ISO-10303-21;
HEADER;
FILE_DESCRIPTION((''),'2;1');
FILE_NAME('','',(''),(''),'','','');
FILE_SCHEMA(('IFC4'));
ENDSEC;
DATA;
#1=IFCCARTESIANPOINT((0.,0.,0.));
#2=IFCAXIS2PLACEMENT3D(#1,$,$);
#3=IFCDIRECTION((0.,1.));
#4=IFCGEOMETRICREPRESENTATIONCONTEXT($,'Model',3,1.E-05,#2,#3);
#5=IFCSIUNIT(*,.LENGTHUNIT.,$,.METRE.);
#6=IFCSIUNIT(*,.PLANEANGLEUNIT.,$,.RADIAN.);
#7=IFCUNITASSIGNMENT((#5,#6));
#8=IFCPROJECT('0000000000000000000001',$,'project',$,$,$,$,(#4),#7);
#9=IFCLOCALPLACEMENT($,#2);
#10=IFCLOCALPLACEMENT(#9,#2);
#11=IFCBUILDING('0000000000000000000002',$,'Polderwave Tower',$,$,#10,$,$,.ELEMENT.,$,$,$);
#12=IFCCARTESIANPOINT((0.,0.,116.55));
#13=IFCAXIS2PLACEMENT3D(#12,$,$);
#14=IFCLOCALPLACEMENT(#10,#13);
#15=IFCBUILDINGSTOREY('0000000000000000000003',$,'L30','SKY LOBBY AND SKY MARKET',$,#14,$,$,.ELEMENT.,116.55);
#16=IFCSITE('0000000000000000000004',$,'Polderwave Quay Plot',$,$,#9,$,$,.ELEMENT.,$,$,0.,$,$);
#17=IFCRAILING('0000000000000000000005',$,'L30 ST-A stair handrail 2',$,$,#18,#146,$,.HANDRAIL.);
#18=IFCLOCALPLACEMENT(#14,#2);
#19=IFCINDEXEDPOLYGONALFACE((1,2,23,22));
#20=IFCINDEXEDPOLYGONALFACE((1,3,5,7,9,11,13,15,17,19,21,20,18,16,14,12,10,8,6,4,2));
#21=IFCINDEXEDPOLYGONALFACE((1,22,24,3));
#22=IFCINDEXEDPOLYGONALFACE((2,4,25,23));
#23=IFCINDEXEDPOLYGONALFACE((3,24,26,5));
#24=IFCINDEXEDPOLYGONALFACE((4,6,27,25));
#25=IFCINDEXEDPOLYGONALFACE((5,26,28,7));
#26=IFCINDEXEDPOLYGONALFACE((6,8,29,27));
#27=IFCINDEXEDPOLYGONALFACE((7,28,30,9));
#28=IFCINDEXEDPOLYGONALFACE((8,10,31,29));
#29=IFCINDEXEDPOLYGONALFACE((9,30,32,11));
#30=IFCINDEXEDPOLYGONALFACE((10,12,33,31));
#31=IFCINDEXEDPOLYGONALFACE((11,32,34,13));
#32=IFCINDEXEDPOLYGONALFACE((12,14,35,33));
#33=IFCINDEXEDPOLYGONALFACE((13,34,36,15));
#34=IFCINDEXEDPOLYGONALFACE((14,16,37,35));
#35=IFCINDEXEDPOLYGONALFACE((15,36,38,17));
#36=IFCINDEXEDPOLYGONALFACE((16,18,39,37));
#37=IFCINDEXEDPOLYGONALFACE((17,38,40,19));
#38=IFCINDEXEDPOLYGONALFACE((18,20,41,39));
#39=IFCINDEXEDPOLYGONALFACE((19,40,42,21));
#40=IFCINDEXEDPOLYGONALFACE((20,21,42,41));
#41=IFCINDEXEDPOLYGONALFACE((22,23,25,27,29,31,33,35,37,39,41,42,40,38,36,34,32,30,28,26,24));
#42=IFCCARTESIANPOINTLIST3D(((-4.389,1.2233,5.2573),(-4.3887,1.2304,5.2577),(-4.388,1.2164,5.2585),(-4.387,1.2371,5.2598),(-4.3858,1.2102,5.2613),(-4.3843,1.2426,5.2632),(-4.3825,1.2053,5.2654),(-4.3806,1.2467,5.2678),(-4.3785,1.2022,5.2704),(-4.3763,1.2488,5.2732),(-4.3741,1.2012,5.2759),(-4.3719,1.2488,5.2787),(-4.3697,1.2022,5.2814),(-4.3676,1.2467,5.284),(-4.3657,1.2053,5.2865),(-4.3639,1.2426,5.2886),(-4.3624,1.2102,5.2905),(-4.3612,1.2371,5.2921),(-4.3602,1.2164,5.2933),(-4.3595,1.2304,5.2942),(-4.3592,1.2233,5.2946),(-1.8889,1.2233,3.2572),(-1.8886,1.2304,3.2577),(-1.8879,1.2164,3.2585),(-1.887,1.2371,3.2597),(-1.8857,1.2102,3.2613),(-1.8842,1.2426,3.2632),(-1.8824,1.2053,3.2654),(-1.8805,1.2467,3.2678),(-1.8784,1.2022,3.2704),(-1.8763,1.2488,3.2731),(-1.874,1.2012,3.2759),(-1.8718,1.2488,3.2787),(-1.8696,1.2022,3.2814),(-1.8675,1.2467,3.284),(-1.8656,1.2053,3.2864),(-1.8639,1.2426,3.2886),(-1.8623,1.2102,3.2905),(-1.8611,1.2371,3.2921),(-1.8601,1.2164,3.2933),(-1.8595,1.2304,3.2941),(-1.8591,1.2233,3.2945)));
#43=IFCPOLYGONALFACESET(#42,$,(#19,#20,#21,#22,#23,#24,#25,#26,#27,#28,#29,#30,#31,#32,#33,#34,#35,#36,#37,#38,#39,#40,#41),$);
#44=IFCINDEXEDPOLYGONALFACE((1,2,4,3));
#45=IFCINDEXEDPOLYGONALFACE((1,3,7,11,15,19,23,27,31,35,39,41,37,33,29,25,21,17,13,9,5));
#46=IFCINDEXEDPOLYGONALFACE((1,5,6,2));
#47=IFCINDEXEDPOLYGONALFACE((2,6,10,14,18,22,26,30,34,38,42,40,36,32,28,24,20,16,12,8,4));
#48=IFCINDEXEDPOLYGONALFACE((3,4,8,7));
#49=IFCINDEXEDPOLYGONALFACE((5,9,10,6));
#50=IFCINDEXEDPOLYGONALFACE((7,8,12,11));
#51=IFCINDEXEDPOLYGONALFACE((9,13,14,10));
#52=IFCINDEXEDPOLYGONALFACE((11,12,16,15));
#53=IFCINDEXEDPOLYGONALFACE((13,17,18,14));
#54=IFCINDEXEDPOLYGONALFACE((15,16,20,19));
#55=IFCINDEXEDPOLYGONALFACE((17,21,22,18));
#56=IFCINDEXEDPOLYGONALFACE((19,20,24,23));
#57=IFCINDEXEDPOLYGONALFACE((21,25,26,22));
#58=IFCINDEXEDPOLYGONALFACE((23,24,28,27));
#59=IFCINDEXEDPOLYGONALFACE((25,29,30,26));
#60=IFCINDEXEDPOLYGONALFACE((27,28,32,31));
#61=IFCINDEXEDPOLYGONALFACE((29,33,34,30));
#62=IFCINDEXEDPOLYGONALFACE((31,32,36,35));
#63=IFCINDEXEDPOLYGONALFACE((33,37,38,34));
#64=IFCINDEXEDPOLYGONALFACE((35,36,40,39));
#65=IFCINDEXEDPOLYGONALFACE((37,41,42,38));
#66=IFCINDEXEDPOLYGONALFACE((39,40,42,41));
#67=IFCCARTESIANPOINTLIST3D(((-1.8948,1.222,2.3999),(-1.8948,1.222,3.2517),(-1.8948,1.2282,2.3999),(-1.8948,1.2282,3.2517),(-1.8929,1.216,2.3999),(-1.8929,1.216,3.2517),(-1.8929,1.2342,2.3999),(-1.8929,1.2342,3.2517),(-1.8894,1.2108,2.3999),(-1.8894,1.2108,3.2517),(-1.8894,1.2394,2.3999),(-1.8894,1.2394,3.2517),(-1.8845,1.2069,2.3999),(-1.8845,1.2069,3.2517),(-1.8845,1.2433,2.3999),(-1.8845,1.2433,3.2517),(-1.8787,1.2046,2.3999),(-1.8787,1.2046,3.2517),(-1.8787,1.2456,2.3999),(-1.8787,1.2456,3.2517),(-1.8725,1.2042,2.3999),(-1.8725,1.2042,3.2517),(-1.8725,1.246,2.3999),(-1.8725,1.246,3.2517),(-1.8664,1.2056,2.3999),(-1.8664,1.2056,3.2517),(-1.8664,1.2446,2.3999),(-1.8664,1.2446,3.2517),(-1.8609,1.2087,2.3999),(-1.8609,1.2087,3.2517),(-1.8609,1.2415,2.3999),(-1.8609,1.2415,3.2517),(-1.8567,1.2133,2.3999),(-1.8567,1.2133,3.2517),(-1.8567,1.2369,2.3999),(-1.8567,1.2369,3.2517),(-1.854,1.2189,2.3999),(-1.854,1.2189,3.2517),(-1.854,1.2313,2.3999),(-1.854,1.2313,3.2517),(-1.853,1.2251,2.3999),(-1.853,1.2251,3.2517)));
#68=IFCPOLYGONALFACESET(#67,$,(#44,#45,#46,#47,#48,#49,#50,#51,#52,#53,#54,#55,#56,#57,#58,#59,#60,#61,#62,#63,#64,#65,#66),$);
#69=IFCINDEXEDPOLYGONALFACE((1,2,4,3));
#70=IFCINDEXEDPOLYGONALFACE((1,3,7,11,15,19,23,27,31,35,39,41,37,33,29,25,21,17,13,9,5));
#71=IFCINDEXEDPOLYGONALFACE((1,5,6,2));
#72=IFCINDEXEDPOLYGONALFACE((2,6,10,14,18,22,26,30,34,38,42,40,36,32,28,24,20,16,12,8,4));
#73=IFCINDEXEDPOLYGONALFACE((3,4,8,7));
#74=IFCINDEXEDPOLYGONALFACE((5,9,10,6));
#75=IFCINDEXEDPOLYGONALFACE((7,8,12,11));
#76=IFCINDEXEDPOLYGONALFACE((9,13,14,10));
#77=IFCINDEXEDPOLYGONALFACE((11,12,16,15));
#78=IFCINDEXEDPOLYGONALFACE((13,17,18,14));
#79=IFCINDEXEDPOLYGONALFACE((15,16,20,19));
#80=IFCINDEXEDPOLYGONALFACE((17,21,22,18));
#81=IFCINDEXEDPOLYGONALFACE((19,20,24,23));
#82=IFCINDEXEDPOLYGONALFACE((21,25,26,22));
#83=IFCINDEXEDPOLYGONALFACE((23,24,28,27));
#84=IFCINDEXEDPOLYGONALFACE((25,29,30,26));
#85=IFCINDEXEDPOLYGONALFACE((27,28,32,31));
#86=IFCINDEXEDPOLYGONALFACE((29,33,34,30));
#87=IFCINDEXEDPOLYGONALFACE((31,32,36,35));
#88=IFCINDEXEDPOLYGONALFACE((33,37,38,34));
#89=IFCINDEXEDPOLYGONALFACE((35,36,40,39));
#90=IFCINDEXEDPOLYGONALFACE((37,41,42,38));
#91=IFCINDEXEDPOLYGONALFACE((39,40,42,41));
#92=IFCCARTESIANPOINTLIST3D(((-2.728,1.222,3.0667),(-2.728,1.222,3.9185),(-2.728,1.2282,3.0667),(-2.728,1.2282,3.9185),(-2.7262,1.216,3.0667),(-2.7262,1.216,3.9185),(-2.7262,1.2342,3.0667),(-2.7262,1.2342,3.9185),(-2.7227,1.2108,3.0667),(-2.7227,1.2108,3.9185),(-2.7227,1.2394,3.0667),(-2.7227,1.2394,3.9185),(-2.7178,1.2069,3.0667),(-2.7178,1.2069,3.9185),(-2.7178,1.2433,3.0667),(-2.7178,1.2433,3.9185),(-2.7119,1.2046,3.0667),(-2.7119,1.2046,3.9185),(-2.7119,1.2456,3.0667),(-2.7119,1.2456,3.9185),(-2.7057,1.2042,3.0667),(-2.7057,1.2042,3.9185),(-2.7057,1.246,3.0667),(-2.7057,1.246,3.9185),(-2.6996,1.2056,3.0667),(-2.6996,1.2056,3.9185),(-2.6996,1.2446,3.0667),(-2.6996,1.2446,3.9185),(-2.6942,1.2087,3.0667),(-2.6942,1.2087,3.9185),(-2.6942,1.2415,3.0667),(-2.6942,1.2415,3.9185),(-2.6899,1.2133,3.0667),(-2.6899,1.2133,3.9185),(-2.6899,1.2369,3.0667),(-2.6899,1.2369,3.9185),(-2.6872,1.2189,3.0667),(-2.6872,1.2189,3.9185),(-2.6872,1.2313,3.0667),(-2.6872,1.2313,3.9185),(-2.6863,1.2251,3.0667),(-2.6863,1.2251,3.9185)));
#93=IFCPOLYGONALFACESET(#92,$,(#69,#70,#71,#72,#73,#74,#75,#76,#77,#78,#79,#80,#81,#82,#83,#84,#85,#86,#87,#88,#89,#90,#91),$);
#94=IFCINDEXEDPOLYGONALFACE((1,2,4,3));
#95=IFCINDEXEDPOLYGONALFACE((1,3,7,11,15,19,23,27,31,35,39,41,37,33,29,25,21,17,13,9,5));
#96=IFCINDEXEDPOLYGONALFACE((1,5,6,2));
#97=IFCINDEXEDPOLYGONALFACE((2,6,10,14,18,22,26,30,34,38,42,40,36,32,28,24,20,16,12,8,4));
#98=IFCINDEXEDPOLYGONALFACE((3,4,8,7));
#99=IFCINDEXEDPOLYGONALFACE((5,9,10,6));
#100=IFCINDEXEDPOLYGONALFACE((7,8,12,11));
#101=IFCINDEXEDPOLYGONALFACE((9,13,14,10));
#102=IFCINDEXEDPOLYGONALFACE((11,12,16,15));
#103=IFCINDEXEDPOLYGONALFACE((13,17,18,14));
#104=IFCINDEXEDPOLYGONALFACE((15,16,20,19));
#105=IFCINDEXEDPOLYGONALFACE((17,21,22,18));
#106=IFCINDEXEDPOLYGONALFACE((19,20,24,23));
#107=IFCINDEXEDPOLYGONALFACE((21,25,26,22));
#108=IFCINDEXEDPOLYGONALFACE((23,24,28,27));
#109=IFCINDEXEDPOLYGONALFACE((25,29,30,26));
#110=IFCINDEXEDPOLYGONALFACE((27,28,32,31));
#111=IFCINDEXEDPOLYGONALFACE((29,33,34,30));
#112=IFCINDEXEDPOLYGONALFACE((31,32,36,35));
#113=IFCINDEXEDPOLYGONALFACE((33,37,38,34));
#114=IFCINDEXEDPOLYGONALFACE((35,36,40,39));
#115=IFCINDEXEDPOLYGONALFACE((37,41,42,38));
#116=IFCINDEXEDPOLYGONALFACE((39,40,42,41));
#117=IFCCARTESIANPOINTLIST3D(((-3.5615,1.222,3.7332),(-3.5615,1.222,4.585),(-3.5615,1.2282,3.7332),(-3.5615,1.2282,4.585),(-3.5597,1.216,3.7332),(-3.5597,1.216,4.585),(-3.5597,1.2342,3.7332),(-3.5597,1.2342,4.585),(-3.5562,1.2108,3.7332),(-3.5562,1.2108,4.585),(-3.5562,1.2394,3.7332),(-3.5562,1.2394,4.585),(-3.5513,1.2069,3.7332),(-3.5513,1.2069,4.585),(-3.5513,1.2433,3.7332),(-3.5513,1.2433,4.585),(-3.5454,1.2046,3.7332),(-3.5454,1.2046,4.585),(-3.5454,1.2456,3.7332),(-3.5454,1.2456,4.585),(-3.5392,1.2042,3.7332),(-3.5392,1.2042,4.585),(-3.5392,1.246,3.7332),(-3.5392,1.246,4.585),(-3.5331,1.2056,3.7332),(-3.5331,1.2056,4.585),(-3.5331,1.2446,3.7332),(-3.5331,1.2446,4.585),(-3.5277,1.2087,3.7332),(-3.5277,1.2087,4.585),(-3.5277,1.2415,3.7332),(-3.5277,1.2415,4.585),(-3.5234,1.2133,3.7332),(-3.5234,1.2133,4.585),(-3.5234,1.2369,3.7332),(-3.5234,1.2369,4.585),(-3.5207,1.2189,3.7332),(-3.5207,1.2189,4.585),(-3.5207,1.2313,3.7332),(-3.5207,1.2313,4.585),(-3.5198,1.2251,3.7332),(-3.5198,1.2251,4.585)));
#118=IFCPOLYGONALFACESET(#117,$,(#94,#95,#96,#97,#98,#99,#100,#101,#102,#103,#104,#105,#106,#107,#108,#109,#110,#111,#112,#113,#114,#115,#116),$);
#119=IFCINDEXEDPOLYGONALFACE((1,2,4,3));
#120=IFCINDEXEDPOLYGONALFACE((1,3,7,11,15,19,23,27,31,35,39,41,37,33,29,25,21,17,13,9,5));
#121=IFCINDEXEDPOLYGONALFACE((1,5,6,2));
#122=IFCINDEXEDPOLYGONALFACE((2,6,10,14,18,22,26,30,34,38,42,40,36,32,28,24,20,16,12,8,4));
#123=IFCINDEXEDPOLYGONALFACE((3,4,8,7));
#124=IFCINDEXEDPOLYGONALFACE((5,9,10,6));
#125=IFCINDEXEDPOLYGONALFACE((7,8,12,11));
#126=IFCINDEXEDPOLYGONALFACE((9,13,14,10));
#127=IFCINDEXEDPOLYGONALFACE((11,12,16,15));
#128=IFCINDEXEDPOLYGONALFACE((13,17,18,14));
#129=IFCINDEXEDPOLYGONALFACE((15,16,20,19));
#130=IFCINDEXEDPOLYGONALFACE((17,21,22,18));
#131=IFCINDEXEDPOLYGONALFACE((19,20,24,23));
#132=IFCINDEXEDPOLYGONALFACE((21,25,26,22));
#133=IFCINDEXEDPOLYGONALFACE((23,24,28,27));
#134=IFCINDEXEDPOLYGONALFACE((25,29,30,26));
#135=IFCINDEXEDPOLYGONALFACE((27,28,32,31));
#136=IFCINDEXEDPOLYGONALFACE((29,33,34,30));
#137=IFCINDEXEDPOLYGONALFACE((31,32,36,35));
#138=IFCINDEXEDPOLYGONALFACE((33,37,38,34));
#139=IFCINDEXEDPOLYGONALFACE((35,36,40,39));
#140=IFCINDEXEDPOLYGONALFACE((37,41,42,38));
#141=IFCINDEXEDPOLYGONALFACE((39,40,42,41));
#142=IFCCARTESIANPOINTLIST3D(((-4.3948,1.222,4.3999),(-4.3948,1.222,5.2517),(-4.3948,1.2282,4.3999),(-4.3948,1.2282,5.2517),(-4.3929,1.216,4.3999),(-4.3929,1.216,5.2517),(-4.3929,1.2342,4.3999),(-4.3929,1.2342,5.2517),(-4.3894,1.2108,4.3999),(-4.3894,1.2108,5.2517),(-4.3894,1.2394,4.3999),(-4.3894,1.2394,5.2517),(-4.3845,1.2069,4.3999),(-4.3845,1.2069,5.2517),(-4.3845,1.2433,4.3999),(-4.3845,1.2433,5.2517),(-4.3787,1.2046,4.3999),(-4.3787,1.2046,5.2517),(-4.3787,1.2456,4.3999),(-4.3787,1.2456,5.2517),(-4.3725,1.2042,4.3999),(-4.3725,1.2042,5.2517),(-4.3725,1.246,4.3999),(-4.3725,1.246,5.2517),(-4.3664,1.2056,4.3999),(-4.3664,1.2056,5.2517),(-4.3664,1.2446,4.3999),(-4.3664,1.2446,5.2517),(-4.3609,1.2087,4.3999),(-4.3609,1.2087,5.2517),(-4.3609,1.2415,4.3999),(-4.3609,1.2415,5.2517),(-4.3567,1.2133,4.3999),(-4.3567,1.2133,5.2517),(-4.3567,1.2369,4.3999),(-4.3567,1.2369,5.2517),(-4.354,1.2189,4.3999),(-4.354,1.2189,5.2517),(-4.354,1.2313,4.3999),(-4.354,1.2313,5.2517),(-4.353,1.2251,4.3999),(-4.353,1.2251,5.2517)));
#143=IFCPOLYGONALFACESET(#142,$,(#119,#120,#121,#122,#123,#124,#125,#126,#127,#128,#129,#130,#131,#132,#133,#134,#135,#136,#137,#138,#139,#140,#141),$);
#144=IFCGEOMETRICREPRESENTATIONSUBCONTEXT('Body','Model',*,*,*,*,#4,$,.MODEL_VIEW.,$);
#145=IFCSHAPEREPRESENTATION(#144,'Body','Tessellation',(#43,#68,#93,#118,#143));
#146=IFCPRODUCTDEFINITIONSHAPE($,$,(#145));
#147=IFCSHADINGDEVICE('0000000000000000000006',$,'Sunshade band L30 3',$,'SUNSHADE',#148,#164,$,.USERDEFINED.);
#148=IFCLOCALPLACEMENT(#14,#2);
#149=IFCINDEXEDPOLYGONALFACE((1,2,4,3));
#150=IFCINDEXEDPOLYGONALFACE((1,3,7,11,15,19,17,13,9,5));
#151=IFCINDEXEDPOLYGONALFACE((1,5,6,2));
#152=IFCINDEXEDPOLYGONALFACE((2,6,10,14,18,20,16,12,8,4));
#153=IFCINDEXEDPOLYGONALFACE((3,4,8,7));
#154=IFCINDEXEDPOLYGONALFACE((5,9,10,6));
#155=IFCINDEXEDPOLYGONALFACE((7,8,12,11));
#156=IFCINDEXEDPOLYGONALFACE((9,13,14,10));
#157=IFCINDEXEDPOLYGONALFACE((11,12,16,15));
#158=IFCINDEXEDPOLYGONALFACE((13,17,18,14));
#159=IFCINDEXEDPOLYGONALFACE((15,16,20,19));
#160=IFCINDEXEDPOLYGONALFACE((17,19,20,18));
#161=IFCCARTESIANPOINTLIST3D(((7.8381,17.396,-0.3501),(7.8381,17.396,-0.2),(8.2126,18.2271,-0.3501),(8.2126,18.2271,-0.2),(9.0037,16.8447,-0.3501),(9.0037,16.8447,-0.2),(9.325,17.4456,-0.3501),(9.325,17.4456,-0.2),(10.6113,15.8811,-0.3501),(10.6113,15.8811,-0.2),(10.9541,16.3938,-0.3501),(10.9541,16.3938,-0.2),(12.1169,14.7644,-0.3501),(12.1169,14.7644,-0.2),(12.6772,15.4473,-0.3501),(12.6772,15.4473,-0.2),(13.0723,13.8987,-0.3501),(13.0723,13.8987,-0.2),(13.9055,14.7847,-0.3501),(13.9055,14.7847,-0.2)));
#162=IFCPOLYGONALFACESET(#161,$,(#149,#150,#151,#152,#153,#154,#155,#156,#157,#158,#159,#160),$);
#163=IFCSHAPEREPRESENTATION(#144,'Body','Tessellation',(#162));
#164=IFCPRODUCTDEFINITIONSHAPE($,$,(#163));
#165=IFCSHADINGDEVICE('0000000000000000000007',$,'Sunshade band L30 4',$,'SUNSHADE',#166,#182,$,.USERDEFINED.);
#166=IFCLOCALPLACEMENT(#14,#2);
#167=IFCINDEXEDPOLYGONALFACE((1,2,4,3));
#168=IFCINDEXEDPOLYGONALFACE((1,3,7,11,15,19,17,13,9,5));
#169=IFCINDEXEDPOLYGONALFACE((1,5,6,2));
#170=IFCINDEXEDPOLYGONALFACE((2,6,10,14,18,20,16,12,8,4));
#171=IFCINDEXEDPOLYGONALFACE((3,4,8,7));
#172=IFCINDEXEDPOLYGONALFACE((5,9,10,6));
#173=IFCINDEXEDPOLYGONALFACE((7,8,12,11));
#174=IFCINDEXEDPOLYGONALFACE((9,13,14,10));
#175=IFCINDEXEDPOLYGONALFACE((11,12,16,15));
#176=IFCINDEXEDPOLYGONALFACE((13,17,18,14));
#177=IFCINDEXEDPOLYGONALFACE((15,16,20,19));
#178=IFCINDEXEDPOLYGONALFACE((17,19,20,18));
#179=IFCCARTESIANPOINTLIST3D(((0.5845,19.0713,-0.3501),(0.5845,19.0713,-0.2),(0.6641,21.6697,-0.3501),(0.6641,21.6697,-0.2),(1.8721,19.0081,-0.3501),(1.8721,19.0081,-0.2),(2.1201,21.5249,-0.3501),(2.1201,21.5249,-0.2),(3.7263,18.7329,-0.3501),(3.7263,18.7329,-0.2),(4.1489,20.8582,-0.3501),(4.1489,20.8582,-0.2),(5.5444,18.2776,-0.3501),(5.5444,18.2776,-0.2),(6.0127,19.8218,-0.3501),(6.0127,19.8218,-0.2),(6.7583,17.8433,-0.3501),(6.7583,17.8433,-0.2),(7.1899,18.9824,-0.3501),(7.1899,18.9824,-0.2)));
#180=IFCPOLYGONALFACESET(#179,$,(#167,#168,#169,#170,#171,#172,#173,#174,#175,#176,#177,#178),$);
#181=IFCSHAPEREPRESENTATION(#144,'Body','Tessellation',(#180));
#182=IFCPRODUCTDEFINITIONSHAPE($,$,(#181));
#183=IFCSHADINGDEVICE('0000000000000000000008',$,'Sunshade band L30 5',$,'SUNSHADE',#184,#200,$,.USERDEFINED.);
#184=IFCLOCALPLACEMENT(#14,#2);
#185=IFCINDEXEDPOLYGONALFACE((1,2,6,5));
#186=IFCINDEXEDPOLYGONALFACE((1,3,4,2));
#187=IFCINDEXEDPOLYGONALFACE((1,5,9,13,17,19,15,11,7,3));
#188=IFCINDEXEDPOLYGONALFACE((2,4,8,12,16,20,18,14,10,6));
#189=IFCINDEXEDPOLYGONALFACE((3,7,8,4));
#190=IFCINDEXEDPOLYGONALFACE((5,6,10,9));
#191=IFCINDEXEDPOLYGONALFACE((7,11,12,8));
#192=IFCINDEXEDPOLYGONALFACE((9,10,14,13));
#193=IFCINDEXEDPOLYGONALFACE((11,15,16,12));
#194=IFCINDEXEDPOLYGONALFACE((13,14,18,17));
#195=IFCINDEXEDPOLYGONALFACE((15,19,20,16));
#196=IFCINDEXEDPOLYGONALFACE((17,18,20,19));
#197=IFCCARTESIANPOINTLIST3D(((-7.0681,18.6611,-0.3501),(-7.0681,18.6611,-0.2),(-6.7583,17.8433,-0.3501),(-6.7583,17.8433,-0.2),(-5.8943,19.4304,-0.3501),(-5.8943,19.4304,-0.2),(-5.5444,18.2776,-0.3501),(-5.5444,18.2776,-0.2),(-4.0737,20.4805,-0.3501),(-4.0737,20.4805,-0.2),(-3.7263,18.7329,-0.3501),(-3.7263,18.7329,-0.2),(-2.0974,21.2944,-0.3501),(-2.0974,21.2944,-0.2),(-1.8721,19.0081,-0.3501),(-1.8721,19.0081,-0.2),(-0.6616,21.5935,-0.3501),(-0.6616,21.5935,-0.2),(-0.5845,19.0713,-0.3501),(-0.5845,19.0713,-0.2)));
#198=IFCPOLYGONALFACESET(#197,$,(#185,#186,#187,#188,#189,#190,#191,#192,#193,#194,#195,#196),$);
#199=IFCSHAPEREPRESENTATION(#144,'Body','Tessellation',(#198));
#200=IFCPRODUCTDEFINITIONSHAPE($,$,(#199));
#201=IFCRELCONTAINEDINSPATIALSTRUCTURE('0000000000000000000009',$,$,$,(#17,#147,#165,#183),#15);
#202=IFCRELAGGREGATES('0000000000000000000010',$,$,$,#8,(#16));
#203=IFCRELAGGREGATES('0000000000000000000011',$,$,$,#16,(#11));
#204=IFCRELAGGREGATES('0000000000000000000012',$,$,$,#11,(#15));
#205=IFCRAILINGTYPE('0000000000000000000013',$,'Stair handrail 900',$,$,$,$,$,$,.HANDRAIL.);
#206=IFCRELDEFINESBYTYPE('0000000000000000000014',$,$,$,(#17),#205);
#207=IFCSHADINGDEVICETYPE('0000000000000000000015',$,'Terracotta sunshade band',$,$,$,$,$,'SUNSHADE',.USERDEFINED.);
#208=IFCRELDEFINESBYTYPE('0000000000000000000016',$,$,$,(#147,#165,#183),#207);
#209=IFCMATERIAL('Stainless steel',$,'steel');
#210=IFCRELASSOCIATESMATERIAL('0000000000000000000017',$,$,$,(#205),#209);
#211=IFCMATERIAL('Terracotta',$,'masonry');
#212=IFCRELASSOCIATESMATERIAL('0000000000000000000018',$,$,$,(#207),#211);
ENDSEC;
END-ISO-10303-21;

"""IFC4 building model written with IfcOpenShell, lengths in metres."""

from ifc_helpers import new_model, si_unit, direction, frame, origin, origin_2d, place, context, subcontext, project, spatial, polyline, circle, outline, extrude, material, type_object, element, save


model = new_model("IFC4")

# Units and contexts
model_context = context("Model", 3, precision=1e-05, world=origin(), true_north=direction((0.0, 1.0)))
body_context = subcontext(model_context, "Body", "Model", "MODEL_VIEW")
ifc_project = project(units=[si_unit("LENGTHUNIT", "METRE"), si_unit("PLANEANGLEUNIT", "RADIAN")], contexts=[model_context])

# Site, building, storey
site_placement = place(None, origin())
site = spatial("IfcSite", under=ifc_project, at=site_placement, Name="Polderwave Quay Plot", CompositionType="ELEMENT", RefElevation=0.0)
building_placement = place(site_placement, origin())
building = spatial("IfcBuilding", under=site, at=building_placement, Name="Polderwave Tower", CompositionType="ELEMENT")
storey_placement = place(building_placement, frame((0.0, 0.0, 116.55)))
storey = spatial("IfcBuildingStorey", under=building, at=storey_placement, Name="L30", Description="SKY LOBBY AND SKY MARKET", CompositionType="ELEMENT", Elevation=116.55)

# Shared definitions
ifc_material_1 = material(Name="Stainless steel", Category="steel")

# Railing
railing_type_1 = type_object("IfcRailingType", Name="Stair handrail 900", PredefinedType="HANDRAIL", material=ifc_material_1)
railing_1_placement = place(storey_placement, frame((-1.874, 1.2251, 2.3999)))
element("IfcRailing", 1, at=railing_1_placement, inside=storey, type_object=railing_type_1, Name="L30 ST-A stair handrail 2", PredefinedType="HANDRAIL", context=body_context, shape_type="SweptSolid", body=[
    extrude(circle(Radius=0.0239, at=origin_2d()), frame((0.0, 0.0, 0.876), z_axis=(-0.780869, 0.0, 0.624695), x_axis=(0.0, -1.0, 0.0)), (0.0, 0.0, 1.0), 3.2017),
    extrude(circle(Radius=0.021, at=origin_2d()), origin(), (0.0, 0.0, 1.0), 0.8518),
    extrude(circle(Radius=0.021, at=origin_2d()), frame((-0.8333, 0.0, 0.6667)), (0.0, 0.0, 1.0), 0.8518),
    extrude(circle(Radius=0.021, at=origin_2d()), frame((-1.6667, 0.0, 1.3333)), (0.0, 0.0, 1.0), 0.8518),
    extrude(circle(Radius=0.021, at=origin_2d()), frame((-2.5, 0.0, 2.0)), (0.0, 0.0, 1.0), 0.8518),
])

# Shading devices
ifc_material_2 = material(Name="Terracotta", Category="masonry")
shading_device_type = type_object("IfcShadingDeviceType", Name="Terracotta sunshade band", ElementType="SUNSHADE", PredefinedType="USERDEFINED", material=ifc_material_2)
shading_device_1_placement = place(storey_placement, frame((0.0, 0.0, -0.3501)))
element("IfcShadingDevice", 2, at=shading_device_1_placement, inside=storey, type_object=shading_device_type, Name="Sunshade band L30 3", ObjectType="SUNSHADE", PredefinedType="USERDEFINED", context=body_context, shape_type="SweptSolid", body=[
    extrude(outline(polyline([(13.0723, 13.8987), (12.1169, 14.7644), (10.6113, 15.8811), (9.0037, 16.8447), (7.8381, 17.396), (8.2126, 18.2271), (9.325, 17.4456), (10.9541, 16.3938), (12.6772, 15.4473), (13.9055, 14.7847), (13.0723, 13.8987)])), origin(), (0.0, 0.0, 1.0), 0.1501),
])
shading_device_2_placement = place(storey_placement, frame((0.0, 0.0, -0.3501)))
element("IfcShadingDevice", 3, at=shading_device_2_placement, inside=storey, type_object=shading_device_type, Name="Sunshade band L30 4", ObjectType="SUNSHADE", PredefinedType="USERDEFINED", context=body_context, shape_type="SweptSolid", body=[
    extrude(outline(polyline([(6.7583, 17.8433), (5.5444, 18.2776), (3.7263, 18.7329), (1.8721, 19.0081), (0.5845, 19.0713), (0.6641, 21.6697), (2.1201, 21.5249), (4.1489, 20.8582), (6.0127, 19.8218), (7.1899, 18.9824), (6.7583, 17.8433)])), origin(), (0.0, 0.0, 1.0), 0.1501),
])
shading_device_3_placement = place(storey_placement, frame((0.0, 0.0, -0.3501)))
element("IfcShadingDevice", 4, at=shading_device_3_placement, inside=storey, type_object=shading_device_type, Name="Sunshade band L30 5", ObjectType="SUNSHADE", PredefinedType="USERDEFINED", context=body_context, shape_type="SweptSolid", body=[
    extrude(outline(polyline([(-0.5845, 19.0713), (-1.8721, 19.0081), (-3.7263, 18.7329), (-5.5444, 18.2776), (-6.7583, 17.8433), (-7.0681, 18.6611), (-5.8943, 19.4304), (-4.0737, 20.4805), (-2.0974, 21.2944), (-0.6616, 21.5935), (-0.5845, 19.0713)])), origin(), (0.0, 0.0, 1.0), 0.1501),
])

save(model, "model.ifc")
